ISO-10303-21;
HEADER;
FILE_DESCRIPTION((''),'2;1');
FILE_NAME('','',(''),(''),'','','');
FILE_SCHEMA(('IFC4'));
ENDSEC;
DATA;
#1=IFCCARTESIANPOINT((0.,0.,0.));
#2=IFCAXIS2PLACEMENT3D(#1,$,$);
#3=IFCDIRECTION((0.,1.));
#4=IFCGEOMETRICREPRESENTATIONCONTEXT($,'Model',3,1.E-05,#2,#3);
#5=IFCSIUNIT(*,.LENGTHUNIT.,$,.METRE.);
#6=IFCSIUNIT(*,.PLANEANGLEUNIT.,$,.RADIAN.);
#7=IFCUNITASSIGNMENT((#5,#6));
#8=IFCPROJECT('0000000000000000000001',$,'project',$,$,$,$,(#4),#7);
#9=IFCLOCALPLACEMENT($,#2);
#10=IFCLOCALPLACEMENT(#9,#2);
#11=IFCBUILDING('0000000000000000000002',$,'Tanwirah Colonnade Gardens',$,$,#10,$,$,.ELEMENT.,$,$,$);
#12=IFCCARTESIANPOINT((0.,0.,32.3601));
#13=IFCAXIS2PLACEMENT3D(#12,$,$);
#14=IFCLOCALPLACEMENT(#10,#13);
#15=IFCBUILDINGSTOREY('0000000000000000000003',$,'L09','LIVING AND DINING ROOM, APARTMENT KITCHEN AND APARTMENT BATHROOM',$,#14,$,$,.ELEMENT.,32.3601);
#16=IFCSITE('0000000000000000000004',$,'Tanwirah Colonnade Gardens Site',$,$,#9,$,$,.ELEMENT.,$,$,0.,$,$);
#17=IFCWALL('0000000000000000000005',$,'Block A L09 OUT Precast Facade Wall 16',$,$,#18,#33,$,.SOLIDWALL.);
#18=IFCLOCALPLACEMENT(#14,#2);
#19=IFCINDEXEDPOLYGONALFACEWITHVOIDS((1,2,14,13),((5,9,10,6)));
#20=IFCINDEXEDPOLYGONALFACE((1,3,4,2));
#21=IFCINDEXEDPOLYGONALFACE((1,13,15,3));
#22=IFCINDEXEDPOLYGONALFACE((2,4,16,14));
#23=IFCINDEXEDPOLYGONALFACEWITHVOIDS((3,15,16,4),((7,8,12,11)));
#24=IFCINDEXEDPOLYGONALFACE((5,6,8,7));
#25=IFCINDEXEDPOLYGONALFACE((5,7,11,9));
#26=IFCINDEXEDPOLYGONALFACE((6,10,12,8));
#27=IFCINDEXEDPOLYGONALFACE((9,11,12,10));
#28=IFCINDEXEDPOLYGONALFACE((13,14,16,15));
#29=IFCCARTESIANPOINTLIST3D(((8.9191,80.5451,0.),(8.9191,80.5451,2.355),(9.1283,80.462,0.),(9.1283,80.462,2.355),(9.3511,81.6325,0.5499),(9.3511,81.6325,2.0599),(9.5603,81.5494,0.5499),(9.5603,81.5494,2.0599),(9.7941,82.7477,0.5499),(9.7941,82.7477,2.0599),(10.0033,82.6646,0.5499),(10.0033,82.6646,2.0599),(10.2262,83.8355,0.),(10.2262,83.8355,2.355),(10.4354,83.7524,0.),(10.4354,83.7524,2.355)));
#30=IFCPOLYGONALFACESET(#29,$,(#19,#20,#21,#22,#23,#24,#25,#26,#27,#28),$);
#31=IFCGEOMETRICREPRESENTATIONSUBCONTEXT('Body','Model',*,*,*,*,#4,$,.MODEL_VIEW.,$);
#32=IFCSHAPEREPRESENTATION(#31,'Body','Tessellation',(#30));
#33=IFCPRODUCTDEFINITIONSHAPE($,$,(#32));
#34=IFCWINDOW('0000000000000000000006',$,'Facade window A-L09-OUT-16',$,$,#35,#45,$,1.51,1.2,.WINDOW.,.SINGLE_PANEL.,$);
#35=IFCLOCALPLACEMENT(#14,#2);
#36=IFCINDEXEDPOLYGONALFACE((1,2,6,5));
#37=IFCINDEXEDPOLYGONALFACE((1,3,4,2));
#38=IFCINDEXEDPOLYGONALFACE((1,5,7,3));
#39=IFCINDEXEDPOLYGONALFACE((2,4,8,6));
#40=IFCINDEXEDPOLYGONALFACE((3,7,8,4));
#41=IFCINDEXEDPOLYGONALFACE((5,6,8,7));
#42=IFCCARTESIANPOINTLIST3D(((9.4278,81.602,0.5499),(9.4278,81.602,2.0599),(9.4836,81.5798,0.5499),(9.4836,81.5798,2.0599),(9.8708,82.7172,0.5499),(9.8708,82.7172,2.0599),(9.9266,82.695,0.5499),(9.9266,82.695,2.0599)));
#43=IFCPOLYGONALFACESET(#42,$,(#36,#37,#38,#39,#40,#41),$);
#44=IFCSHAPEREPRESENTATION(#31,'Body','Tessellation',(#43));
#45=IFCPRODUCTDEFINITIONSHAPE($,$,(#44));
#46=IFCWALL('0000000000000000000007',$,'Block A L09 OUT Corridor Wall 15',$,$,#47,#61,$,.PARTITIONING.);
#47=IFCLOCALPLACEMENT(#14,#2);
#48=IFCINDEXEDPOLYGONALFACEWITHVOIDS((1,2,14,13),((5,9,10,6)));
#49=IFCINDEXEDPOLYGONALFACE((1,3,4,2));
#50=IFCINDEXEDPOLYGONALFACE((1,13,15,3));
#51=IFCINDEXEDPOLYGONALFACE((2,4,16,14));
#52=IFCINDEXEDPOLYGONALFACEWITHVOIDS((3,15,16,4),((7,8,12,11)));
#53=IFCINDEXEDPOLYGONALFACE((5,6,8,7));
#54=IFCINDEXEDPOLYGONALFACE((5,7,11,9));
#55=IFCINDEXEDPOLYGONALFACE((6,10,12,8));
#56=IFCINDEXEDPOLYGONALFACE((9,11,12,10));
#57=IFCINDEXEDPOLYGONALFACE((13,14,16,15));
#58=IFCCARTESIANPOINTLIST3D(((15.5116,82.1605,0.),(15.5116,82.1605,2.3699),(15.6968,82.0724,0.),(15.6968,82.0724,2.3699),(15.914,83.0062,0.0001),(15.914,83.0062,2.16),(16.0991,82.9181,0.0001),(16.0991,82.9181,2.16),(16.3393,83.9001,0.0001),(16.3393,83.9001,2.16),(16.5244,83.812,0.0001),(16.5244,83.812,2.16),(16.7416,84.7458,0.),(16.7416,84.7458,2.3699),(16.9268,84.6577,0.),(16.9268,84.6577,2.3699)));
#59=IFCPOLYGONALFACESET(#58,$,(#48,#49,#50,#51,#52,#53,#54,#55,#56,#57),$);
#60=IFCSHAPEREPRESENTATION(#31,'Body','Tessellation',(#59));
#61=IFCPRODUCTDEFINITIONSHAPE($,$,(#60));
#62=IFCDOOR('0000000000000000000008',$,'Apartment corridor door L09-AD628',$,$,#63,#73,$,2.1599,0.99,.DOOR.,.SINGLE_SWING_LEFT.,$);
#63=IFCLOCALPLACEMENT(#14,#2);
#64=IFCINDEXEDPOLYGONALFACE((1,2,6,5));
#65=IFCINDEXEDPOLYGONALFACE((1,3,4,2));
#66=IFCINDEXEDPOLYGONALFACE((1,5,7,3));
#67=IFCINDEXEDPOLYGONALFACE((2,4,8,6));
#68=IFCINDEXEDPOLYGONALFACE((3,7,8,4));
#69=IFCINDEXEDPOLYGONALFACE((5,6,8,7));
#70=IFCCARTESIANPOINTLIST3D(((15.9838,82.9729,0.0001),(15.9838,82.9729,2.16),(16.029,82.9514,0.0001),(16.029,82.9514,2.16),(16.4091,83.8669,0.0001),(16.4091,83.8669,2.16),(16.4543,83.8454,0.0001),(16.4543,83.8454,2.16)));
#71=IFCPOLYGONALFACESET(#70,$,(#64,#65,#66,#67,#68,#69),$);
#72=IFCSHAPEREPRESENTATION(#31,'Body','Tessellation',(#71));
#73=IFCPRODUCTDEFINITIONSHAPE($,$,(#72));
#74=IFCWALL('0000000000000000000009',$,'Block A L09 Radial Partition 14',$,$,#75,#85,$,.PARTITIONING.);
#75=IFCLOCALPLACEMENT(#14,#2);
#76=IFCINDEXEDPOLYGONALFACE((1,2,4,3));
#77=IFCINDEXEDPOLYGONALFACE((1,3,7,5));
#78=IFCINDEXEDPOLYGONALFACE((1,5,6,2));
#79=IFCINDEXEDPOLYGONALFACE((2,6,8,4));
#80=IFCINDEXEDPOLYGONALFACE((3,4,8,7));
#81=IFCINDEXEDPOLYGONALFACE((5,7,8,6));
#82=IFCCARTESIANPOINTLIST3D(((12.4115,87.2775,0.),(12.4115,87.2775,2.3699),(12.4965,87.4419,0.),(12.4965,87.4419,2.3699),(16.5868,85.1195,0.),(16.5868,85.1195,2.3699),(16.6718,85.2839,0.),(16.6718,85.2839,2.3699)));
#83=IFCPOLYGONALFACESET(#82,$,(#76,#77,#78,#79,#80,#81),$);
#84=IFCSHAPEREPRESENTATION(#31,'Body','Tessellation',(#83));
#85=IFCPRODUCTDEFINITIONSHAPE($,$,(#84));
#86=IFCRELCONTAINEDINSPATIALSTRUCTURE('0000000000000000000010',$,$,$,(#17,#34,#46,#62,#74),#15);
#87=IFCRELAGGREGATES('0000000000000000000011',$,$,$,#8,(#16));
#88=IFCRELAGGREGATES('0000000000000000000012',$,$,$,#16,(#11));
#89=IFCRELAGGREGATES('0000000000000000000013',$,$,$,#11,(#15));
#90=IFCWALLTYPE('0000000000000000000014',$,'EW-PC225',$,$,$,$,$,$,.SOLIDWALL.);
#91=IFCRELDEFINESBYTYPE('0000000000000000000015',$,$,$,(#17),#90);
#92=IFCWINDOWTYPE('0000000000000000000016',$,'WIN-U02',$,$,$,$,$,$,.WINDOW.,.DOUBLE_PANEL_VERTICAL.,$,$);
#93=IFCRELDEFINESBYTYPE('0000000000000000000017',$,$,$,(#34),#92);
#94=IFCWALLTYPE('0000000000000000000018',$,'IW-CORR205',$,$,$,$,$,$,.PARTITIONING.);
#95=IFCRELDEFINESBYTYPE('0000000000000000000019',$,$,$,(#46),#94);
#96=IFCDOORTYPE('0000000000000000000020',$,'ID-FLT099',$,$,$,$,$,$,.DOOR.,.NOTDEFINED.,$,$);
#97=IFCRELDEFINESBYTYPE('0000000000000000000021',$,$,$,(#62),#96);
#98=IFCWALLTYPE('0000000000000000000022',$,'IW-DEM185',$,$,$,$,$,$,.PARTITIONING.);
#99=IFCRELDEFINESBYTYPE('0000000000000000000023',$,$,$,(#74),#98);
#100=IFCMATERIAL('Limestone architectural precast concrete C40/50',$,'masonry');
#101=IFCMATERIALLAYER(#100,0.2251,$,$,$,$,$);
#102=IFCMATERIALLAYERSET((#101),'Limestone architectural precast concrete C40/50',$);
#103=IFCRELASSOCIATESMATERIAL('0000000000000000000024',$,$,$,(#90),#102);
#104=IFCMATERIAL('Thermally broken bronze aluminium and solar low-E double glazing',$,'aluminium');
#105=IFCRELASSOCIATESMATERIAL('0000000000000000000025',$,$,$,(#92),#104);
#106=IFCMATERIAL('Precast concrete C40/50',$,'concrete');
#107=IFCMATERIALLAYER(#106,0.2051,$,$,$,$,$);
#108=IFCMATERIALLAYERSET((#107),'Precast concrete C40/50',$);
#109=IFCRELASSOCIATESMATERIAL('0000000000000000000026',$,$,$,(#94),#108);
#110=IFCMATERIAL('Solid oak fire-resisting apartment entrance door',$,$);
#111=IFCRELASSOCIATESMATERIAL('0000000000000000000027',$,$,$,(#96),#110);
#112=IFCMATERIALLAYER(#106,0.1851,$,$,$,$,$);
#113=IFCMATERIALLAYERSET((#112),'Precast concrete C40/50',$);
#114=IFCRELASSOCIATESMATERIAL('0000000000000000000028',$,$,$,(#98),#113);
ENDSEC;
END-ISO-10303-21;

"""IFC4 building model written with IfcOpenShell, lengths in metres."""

from ifc_helpers import new_model, si_unit, direction, frame, frame_2d, origin, place, context, subcontext, project, spatial, rectangle, extrude, material, layer, layer_set, type_object, element, fill, save


model = new_model("IFC4")

# Units and contexts
model_context = context("Model", 3, precision=1e-05, world=origin(), true_north=direction((0.0, 1.0)))
body_context = subcontext(model_context, "Body", "Model", "MODEL_VIEW")
ifc_project = project(units=[si_unit("LENGTHUNIT", "METRE"), si_unit("PLANEANGLEUNIT", "RADIAN")], contexts=[model_context])

# Site, building, storey
site_placement = place(None, origin())
site = spatial("IfcSite", under=ifc_project, at=site_placement, Name="Tanwirah Colonnade Gardens Site", CompositionType="ELEMENT", RefElevation=0.0)
building_placement = place(site_placement, origin())
building = spatial("IfcBuilding", under=site, at=building_placement, Name="Tanwirah Colonnade Gardens", CompositionType="ELEMENT")
storey_placement = place(building_placement, frame((0.0, 0.0, 32.3601)))
storey = spatial("IfcBuildingStorey", under=building, at=storey_placement, Name="L09", Description="LIVING AND DINING ROOM, APARTMENT KITCHEN AND APARTMENT BATHROOM", CompositionType="ELEMENT", Elevation=32.3601)

# Shared definitions
ifc_material_1 = material(Name="Precast concrete C40/50", Category="concrete")

# Wall, opening, window
ifc_material_2 = material(Name="Limestone architectural precast concrete C40/50", Category="masonry")
ifc_layer_1 = layer(ifc_material_2, 0.2251)
ifc_layer_set_1 = layer_set([ifc_layer_1], Name="Limestone architectural precast concrete C40/50")
wall_type_1 = type_object("IfcWallType", Name="EW-PC225", PredefinedType="SOLIDWALL", material=ifc_layer_set_1)
wall_1_placement = place(storey_placement, frame((10.3308, 83.7939, 0.0), z_axis=(0.0, 0.0, 1.0), x_axis=(-0.369178, -0.929359, 0.0)))
wall_1 = element("IfcWall", 1, at=wall_1_placement, inside=storey, type_object=wall_type_1, Name="Block A L09 OUT Precast Facade Wall 16", PredefinedType="SOLIDWALL", context=body_context, shape_type="SweptSolid", body=[
    extrude(rectangle(XDim=3.5405, YDim=0.2251, at=frame_2d((1.7703, 0.0))), origin(), (0.0, 0.0, 1.0), 2.355),
])
opening_1_placement = place(wall_1_placement, frame((1.1704, 0.0, 0.55)))
opening_1 = element("IfcOpeningElement", 2, at=opening_1_placement, cuts=wall_1, PredefinedType="OPENING", context=body_context, shape_type="SweptSolid", body=[
    extrude(rectangle(XDim=1.2, YDim=1.51, at=frame_2d((0.6001, 0.7549))), frame((0.0, 0.1226, 0.0), z_axis=(0.0, -1.0, 0.0), x_axis=(1.0, 0.0, 0.0)), (0.0, 0.0, 1.0), 0.2451),
])
ifc_material_3 = material(Name="Thermally broken bronze aluminium and solar low-E double glazing", Category="aluminium")
window_type = type_object("IfcWindowType", Name="WIN-U02", PartitioningType="DOUBLE_PANEL_VERTICAL", PredefinedType="WINDOW", material=ifc_material_3)
window_placement = place(opening_1_placement, origin())
window = element("IfcWindow", 3, at=window_placement, inside=storey, type_object=window_type, Name="Facade window A-L09-OUT-16", OverallHeight=1.51, OverallWidth=1.2, PartitioningType="SINGLE_PANEL", PredefinedType="WINDOW", context=body_context, shape_type="SweptSolid", body=[
    extrude(rectangle(XDim=1.2, YDim=1.51, at=frame_2d((0.6001, 0.7549))), frame((0.0, 0.03, 0.0), z_axis=(0.0, -1.0, 0.0), x_axis=(1.0, 0.0, 0.0)), (0.0, 0.0, 1.0), 0.0601),
])
fill(opening_1, window)

# Wall, opening, door
ifc_layer_2 = layer(ifc_material_1, 0.2051)
ifc_layer_set_2 = layer_set([ifc_layer_2], Name="Precast concrete C40/50")
wall_type_2 = type_object("IfcWallType", Name="IW-CORR205", PredefinedType="PARTITIONING", material=ifc_layer_set_2)
wall_2_placement = place(storey_placement, frame((16.8342, 84.7019, 0.0), z_axis=(0.0, 0.0, 1.0), x_axis=(-0.429596, -0.903021, 0.0)))
wall_2 = element("IfcWall", 4, at=wall_2_placement, inside=storey, type_object=wall_type_2, Name="Block A L09 OUT Corridor Wall 15", PredefinedType="PARTITIONING", context=body_context, shape_type="SweptSolid", body=[
    extrude(rectangle(XDim=2.863, YDim=0.2051, at=frame_2d((1.4316, 0.0))), origin(), (0.0, 0.0, 1.0), 2.3699),
])
opening_2_placement = place(wall_2_placement, frame((0.9365, 0.0, 0.0)))
opening_2 = element("IfcOpeningElement", 5, at=opening_2_placement, cuts=wall_2, PredefinedType="OPENING", context=body_context, shape_type="SweptSolid", body=[
    extrude(rectangle(XDim=0.99, YDim=2.1599, at=frame_2d((0.4951, 1.0801))), frame((0.0, 0.1125, 0.0), z_axis=(0.0, -1.0, 0.0), x_axis=(1.0, 0.0, 0.0)), (0.0, 0.0, 1.0), 0.2251),
])
ifc_material_4 = material(Name="Solid oak fire-resisting apartment entrance door")
door_type_1 = type_object("IfcDoorType", Name="ID-FLT099", OperationType="NOTDEFINED", PredefinedType="DOOR", material=ifc_material_4)
door_1_placement = place(opening_2_placement, origin())
door_1 = element("IfcDoor", 6, at=door_1_placement, inside=storey, type_object=door_type_1, Name="Apartment corridor door L09-AD628", OperationType="SINGLE_SWING_LEFT", OverallHeight=2.1599, OverallWidth=0.99, PredefinedType="DOOR", context=body_context, shape_type="SweptSolid", body=[
    extrude(rectangle(XDim=0.99, YDim=2.1599, at=frame_2d((0.4951, 1.0801))), frame((0.0, 0.0249, 0.0), z_axis=(0.0, -1.0, 0.0), x_axis=(1.0, 0.0, 0.0)), (0.0, 0.0, 1.0), 0.05),
])
fill(opening_2, door_1)

# Wall
ifc_layer_3 = layer(ifc_material_1, 0.1851)
ifc_layer_set_3 = layer_set([ifc_layer_3], Name="Precast concrete C40/50")
wall_type_3 = type_object("IfcWallType", Name="IW-DEM185", PredefinedType="PARTITIONING", material=ifc_layer_set_3)
wall_3_placement = place(storey_placement, frame((16.6294, 85.2017, 0.0), z_axis=(0.0, 0.0, 1.0), x_axis=(-0.888363, 0.459142, 0.0)))
element("IfcWall", 7, at=wall_3_placement, inside=storey, type_object=wall_type_3, Name="Block A L09 Radial Partition 14", PredefinedType="PARTITIONING", context=body_context, shape_type="SweptSolid", body=[
    extrude(rectangle(XDim=4.7, YDim=0.1851, at=frame_2d((2.3501, 0.0))), origin(), (0.0, 0.0, 1.0), 2.3699),
])

save(model, "model.ifc")
